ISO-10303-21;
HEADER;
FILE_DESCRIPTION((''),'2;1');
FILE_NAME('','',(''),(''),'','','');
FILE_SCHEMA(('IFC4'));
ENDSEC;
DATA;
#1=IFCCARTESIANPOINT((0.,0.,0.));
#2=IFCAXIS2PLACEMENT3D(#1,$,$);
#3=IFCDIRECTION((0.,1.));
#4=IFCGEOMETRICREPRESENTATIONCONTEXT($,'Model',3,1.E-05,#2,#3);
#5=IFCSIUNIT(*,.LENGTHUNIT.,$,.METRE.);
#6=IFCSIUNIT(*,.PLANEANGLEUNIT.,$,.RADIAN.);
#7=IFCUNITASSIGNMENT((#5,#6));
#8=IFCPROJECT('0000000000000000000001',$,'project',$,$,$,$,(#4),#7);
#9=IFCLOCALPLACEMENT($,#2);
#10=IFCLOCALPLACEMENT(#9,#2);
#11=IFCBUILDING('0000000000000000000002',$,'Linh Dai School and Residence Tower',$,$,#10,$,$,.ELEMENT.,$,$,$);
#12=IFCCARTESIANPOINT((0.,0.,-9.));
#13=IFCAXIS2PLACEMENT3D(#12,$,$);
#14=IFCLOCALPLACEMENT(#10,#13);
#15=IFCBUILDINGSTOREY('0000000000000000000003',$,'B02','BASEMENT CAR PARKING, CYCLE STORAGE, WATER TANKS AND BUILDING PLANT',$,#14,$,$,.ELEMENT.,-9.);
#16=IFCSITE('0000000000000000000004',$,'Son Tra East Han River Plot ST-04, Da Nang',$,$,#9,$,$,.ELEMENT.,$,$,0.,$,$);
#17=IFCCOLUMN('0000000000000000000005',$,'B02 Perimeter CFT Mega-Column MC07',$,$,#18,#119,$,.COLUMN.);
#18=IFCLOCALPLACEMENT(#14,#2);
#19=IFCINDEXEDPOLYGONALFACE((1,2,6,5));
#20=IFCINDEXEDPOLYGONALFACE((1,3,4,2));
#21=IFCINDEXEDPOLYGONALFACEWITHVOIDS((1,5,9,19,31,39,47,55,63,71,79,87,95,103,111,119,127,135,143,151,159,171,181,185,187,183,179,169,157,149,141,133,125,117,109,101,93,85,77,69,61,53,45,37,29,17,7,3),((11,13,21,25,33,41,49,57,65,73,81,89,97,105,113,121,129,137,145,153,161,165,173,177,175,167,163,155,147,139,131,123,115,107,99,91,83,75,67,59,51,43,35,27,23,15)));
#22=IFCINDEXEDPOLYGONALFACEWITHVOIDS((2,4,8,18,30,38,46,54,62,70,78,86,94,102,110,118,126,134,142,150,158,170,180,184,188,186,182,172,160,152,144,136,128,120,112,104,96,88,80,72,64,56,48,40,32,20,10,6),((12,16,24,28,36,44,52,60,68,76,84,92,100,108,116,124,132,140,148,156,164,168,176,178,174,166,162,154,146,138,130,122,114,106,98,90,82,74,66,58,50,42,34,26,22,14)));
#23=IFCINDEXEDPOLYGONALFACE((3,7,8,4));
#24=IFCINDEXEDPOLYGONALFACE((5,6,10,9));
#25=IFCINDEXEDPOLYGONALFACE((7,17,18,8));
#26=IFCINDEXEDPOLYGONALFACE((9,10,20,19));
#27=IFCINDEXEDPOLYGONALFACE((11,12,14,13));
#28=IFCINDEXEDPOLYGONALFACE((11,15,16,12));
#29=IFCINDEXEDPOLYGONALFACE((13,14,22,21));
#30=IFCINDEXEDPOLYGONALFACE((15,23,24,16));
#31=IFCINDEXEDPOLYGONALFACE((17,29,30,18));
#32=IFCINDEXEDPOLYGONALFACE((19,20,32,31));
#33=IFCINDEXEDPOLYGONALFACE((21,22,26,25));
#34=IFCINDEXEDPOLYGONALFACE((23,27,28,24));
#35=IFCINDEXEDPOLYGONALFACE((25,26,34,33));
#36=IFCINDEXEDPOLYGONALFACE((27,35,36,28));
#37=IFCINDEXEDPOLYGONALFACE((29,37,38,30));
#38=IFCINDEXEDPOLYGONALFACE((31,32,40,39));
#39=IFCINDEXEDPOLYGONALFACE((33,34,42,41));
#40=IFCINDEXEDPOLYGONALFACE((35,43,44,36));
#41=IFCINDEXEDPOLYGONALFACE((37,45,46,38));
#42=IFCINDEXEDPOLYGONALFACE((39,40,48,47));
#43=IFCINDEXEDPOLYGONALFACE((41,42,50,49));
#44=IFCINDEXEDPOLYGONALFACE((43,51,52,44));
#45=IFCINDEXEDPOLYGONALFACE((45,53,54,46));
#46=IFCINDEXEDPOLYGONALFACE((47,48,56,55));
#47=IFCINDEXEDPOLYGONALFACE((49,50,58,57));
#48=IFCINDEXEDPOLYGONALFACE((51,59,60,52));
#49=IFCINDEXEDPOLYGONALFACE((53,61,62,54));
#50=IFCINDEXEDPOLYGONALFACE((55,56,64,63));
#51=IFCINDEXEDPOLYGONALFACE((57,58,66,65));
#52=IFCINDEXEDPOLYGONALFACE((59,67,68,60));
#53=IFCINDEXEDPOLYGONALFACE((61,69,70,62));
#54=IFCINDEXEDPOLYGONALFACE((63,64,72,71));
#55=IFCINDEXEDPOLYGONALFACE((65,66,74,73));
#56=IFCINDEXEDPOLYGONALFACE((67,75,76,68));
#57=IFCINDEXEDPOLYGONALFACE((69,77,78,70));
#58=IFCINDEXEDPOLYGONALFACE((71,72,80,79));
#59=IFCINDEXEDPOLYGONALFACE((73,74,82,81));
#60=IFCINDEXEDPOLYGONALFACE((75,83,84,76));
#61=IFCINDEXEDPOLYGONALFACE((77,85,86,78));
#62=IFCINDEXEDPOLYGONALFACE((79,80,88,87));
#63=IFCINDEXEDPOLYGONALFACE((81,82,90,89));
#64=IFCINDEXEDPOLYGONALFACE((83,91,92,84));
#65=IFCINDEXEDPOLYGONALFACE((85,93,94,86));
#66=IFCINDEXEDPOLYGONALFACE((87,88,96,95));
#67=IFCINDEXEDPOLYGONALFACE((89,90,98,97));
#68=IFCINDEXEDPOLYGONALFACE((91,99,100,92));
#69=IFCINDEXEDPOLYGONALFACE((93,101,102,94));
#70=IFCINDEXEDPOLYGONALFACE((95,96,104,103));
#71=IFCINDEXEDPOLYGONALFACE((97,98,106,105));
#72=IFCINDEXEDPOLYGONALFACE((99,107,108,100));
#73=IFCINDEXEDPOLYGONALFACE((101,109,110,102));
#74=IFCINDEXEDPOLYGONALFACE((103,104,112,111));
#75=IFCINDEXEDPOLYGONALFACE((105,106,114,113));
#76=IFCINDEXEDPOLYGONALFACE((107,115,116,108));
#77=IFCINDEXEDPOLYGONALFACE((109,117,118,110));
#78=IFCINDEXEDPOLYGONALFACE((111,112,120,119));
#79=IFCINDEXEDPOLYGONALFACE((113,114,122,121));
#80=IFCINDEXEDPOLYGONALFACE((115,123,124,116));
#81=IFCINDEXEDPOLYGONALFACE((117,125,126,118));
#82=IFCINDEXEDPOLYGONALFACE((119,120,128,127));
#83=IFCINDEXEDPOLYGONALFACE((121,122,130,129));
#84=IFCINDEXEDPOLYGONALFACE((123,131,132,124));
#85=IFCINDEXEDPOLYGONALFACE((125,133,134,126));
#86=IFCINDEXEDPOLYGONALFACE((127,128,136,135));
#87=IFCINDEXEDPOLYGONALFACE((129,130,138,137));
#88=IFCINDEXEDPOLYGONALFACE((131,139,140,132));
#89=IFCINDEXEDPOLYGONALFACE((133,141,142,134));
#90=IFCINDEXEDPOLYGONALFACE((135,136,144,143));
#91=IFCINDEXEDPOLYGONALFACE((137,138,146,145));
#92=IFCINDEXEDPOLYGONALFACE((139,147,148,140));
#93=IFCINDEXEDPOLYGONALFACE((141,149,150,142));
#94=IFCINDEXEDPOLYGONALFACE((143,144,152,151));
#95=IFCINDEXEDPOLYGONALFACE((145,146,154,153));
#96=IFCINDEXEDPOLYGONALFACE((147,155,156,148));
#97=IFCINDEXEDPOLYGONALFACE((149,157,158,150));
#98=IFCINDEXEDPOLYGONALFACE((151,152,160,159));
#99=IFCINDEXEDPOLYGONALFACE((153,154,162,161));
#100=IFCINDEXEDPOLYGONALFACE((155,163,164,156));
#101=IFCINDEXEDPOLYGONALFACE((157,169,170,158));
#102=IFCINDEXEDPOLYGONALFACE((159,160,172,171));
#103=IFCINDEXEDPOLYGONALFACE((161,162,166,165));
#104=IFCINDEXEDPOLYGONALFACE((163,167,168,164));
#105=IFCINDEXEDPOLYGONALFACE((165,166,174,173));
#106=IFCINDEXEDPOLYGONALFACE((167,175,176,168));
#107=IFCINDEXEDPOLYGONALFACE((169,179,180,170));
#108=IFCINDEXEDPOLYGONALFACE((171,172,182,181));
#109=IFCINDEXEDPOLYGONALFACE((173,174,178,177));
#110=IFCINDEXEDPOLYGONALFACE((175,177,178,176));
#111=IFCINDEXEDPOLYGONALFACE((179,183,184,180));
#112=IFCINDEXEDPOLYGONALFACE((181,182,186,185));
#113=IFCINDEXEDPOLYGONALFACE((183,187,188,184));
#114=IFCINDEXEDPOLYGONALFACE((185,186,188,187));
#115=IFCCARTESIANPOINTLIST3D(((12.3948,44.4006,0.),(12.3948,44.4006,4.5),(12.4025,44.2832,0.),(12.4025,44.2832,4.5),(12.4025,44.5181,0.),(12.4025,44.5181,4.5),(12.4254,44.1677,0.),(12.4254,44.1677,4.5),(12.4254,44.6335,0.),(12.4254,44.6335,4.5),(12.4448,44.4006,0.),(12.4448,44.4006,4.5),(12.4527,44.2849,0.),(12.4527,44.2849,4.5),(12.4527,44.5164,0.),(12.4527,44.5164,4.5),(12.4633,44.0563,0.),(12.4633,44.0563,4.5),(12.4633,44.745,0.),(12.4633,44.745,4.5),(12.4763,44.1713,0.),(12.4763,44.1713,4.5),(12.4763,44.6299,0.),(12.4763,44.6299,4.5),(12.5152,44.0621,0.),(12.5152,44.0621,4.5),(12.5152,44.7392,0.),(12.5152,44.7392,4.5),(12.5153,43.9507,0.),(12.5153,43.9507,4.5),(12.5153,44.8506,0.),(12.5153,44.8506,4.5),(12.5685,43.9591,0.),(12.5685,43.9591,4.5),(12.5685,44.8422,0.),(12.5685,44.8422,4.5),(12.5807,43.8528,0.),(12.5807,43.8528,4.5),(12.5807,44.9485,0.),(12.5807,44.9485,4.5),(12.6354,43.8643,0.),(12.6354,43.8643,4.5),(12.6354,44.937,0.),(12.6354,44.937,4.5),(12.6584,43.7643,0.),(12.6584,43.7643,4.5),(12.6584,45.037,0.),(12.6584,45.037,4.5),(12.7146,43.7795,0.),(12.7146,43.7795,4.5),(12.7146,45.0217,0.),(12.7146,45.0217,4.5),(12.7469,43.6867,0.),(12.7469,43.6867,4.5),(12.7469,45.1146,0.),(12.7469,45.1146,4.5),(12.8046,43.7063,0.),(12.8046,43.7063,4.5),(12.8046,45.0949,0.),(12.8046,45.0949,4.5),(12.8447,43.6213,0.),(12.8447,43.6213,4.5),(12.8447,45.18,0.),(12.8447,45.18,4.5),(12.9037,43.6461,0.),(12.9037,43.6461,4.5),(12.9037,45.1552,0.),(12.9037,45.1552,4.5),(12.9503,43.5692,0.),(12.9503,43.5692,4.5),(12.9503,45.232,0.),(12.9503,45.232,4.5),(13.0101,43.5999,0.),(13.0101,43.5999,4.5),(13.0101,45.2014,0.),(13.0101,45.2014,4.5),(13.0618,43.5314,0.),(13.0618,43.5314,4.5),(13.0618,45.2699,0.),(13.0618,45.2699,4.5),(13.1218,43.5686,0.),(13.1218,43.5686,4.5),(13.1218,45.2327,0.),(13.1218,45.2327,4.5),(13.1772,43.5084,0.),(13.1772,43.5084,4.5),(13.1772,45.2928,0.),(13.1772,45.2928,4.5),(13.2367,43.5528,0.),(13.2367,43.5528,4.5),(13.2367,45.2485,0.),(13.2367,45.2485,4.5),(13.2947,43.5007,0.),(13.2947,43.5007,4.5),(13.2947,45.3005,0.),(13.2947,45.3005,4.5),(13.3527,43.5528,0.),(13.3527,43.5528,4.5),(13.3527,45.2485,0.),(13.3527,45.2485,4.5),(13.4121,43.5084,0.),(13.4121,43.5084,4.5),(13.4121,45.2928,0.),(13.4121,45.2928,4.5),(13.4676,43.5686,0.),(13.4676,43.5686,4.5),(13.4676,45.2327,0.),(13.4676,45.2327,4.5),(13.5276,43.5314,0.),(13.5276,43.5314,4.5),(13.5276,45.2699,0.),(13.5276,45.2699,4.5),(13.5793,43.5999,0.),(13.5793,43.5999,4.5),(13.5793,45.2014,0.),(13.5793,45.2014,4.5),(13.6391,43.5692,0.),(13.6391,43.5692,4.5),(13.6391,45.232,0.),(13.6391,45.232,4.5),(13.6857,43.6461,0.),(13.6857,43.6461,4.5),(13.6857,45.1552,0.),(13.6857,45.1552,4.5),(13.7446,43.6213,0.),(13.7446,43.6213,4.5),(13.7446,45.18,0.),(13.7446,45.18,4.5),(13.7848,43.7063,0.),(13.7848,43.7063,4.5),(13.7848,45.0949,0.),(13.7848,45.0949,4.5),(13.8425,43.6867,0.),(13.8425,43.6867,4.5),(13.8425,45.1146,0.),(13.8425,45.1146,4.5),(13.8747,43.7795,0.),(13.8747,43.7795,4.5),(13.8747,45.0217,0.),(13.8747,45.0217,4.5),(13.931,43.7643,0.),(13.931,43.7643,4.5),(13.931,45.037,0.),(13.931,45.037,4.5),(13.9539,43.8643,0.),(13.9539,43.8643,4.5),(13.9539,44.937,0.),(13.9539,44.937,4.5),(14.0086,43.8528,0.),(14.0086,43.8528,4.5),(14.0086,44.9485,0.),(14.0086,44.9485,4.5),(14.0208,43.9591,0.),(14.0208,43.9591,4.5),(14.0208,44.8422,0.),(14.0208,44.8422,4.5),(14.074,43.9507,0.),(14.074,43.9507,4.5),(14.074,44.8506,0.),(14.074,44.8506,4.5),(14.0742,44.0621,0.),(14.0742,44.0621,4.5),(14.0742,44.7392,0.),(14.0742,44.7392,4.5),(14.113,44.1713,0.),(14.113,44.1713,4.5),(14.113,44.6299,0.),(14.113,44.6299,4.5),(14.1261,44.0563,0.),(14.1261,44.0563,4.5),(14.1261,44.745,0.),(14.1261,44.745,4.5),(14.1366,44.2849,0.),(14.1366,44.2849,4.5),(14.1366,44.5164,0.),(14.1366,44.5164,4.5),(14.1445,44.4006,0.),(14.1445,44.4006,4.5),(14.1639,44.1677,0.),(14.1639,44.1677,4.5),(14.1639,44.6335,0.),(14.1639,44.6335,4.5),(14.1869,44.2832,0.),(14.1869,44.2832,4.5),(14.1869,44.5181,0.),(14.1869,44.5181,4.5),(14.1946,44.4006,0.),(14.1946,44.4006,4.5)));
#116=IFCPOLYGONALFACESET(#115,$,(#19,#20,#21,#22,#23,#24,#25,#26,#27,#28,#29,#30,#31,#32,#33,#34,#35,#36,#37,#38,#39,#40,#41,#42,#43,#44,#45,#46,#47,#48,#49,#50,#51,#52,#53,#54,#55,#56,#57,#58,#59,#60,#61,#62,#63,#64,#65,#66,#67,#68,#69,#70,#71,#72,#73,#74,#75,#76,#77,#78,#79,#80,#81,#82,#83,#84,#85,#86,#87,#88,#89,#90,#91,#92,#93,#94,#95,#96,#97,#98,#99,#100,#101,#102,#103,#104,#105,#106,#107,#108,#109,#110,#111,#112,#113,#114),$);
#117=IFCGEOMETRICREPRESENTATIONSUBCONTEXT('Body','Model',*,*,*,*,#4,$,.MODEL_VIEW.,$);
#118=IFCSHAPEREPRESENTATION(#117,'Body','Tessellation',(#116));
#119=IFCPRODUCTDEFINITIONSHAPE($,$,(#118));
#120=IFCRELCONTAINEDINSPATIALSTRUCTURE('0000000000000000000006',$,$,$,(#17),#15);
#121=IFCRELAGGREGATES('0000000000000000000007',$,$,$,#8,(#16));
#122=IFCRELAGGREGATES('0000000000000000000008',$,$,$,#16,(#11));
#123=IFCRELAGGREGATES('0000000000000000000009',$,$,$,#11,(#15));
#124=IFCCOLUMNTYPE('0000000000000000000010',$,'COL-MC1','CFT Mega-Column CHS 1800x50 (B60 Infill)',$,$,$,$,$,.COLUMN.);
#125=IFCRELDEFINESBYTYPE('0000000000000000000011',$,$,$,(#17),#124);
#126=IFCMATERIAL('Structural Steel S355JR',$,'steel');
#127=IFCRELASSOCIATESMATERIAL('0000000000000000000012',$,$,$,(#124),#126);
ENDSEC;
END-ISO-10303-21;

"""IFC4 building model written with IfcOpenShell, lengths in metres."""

from ifc_helpers import new_model, si_unit, direction, frame, origin, origin_2d, place, context, subcontext, project, spatial, hollow_circle, extrude, material, material_profile, profile_set, type_object, element, save


model = new_model("IFC4")

# Units and contexts
model_context = context("Model", 3, precision=1e-05, world=origin(), true_north=direction((0.0, 1.0)))
body_context = subcontext(model_context, "Body", "Model", "MODEL_VIEW")
ifc_project = project(units=[si_unit("LENGTHUNIT", "METRE"), si_unit("PLANEANGLEUNIT", "RADIAN")], contexts=[model_context])

# Site, building, storey
site_placement = place(None, origin())
site = spatial("IfcSite", under=ifc_project, at=site_placement, Name="Son Tra East Han River Plot ST-04, Da Nang", CompositionType="ELEMENT", RefElevation=0.0)
building_placement = place(site_placement, origin())
building = spatial("IfcBuilding", under=site, at=building_placement, Name="Linh Dai School and Residence Tower", CompositionType="ELEMENT")
storey_placement = place(building_placement, frame((0.0, 0.0, -9.0)))
storey = spatial("IfcBuildingStorey", under=building, at=storey_placement, Name="B02", Description="BASEMENT CAR PARKING, CYCLE STORAGE, WATER TANKS AND BUILDING PLANT", CompositionType="ELEMENT", Elevation=-9.0)

# Column
ifc_material_1 = material(Name="Structural Steel S355JR", Category="steel")
ifc_material_profile_1 = material_profile(ifc_material_1, hollow_circle(Radius=0.8999, WallThickness=0.05, at=origin_2d()), Name="CHS 1800x50")
ifc_profile_set_1 = profile_set([ifc_material_profile_1], Name="Structural Steel S355JR")
column_type = type_object("IfcColumnType", Name="COL-MC1", Description="CFT Mega-Column CHS 1800x50 (B60 Infill)", PredefinedType="COLUMN", material=ifc_profile_set_1)
for number, where, z_axis, x_axis, name in (
    (1, (13.2947, 44.4006, 0.0), (0.0, 0.0, 1.0), (1.0, 0.0, 0.0), "B02 Perimeter CFT Mega-Column MC07"),
):
    element("IfcColumn", number, at=place(storey_placement, frame(where, z_axis=z_axis, x_axis=x_axis)), inside=storey, type_object=column_type, Name=name, PredefinedType="COLUMN", context=body_context, shape_type="SweptSolid", body=[
        extrude(hollow_circle(Radius=0.8999, WallThickness=0.05, at=origin_2d()), origin(), (0.0, 0.0, 1.0), 4.5),
    ])

save(model, "model.ifc")
